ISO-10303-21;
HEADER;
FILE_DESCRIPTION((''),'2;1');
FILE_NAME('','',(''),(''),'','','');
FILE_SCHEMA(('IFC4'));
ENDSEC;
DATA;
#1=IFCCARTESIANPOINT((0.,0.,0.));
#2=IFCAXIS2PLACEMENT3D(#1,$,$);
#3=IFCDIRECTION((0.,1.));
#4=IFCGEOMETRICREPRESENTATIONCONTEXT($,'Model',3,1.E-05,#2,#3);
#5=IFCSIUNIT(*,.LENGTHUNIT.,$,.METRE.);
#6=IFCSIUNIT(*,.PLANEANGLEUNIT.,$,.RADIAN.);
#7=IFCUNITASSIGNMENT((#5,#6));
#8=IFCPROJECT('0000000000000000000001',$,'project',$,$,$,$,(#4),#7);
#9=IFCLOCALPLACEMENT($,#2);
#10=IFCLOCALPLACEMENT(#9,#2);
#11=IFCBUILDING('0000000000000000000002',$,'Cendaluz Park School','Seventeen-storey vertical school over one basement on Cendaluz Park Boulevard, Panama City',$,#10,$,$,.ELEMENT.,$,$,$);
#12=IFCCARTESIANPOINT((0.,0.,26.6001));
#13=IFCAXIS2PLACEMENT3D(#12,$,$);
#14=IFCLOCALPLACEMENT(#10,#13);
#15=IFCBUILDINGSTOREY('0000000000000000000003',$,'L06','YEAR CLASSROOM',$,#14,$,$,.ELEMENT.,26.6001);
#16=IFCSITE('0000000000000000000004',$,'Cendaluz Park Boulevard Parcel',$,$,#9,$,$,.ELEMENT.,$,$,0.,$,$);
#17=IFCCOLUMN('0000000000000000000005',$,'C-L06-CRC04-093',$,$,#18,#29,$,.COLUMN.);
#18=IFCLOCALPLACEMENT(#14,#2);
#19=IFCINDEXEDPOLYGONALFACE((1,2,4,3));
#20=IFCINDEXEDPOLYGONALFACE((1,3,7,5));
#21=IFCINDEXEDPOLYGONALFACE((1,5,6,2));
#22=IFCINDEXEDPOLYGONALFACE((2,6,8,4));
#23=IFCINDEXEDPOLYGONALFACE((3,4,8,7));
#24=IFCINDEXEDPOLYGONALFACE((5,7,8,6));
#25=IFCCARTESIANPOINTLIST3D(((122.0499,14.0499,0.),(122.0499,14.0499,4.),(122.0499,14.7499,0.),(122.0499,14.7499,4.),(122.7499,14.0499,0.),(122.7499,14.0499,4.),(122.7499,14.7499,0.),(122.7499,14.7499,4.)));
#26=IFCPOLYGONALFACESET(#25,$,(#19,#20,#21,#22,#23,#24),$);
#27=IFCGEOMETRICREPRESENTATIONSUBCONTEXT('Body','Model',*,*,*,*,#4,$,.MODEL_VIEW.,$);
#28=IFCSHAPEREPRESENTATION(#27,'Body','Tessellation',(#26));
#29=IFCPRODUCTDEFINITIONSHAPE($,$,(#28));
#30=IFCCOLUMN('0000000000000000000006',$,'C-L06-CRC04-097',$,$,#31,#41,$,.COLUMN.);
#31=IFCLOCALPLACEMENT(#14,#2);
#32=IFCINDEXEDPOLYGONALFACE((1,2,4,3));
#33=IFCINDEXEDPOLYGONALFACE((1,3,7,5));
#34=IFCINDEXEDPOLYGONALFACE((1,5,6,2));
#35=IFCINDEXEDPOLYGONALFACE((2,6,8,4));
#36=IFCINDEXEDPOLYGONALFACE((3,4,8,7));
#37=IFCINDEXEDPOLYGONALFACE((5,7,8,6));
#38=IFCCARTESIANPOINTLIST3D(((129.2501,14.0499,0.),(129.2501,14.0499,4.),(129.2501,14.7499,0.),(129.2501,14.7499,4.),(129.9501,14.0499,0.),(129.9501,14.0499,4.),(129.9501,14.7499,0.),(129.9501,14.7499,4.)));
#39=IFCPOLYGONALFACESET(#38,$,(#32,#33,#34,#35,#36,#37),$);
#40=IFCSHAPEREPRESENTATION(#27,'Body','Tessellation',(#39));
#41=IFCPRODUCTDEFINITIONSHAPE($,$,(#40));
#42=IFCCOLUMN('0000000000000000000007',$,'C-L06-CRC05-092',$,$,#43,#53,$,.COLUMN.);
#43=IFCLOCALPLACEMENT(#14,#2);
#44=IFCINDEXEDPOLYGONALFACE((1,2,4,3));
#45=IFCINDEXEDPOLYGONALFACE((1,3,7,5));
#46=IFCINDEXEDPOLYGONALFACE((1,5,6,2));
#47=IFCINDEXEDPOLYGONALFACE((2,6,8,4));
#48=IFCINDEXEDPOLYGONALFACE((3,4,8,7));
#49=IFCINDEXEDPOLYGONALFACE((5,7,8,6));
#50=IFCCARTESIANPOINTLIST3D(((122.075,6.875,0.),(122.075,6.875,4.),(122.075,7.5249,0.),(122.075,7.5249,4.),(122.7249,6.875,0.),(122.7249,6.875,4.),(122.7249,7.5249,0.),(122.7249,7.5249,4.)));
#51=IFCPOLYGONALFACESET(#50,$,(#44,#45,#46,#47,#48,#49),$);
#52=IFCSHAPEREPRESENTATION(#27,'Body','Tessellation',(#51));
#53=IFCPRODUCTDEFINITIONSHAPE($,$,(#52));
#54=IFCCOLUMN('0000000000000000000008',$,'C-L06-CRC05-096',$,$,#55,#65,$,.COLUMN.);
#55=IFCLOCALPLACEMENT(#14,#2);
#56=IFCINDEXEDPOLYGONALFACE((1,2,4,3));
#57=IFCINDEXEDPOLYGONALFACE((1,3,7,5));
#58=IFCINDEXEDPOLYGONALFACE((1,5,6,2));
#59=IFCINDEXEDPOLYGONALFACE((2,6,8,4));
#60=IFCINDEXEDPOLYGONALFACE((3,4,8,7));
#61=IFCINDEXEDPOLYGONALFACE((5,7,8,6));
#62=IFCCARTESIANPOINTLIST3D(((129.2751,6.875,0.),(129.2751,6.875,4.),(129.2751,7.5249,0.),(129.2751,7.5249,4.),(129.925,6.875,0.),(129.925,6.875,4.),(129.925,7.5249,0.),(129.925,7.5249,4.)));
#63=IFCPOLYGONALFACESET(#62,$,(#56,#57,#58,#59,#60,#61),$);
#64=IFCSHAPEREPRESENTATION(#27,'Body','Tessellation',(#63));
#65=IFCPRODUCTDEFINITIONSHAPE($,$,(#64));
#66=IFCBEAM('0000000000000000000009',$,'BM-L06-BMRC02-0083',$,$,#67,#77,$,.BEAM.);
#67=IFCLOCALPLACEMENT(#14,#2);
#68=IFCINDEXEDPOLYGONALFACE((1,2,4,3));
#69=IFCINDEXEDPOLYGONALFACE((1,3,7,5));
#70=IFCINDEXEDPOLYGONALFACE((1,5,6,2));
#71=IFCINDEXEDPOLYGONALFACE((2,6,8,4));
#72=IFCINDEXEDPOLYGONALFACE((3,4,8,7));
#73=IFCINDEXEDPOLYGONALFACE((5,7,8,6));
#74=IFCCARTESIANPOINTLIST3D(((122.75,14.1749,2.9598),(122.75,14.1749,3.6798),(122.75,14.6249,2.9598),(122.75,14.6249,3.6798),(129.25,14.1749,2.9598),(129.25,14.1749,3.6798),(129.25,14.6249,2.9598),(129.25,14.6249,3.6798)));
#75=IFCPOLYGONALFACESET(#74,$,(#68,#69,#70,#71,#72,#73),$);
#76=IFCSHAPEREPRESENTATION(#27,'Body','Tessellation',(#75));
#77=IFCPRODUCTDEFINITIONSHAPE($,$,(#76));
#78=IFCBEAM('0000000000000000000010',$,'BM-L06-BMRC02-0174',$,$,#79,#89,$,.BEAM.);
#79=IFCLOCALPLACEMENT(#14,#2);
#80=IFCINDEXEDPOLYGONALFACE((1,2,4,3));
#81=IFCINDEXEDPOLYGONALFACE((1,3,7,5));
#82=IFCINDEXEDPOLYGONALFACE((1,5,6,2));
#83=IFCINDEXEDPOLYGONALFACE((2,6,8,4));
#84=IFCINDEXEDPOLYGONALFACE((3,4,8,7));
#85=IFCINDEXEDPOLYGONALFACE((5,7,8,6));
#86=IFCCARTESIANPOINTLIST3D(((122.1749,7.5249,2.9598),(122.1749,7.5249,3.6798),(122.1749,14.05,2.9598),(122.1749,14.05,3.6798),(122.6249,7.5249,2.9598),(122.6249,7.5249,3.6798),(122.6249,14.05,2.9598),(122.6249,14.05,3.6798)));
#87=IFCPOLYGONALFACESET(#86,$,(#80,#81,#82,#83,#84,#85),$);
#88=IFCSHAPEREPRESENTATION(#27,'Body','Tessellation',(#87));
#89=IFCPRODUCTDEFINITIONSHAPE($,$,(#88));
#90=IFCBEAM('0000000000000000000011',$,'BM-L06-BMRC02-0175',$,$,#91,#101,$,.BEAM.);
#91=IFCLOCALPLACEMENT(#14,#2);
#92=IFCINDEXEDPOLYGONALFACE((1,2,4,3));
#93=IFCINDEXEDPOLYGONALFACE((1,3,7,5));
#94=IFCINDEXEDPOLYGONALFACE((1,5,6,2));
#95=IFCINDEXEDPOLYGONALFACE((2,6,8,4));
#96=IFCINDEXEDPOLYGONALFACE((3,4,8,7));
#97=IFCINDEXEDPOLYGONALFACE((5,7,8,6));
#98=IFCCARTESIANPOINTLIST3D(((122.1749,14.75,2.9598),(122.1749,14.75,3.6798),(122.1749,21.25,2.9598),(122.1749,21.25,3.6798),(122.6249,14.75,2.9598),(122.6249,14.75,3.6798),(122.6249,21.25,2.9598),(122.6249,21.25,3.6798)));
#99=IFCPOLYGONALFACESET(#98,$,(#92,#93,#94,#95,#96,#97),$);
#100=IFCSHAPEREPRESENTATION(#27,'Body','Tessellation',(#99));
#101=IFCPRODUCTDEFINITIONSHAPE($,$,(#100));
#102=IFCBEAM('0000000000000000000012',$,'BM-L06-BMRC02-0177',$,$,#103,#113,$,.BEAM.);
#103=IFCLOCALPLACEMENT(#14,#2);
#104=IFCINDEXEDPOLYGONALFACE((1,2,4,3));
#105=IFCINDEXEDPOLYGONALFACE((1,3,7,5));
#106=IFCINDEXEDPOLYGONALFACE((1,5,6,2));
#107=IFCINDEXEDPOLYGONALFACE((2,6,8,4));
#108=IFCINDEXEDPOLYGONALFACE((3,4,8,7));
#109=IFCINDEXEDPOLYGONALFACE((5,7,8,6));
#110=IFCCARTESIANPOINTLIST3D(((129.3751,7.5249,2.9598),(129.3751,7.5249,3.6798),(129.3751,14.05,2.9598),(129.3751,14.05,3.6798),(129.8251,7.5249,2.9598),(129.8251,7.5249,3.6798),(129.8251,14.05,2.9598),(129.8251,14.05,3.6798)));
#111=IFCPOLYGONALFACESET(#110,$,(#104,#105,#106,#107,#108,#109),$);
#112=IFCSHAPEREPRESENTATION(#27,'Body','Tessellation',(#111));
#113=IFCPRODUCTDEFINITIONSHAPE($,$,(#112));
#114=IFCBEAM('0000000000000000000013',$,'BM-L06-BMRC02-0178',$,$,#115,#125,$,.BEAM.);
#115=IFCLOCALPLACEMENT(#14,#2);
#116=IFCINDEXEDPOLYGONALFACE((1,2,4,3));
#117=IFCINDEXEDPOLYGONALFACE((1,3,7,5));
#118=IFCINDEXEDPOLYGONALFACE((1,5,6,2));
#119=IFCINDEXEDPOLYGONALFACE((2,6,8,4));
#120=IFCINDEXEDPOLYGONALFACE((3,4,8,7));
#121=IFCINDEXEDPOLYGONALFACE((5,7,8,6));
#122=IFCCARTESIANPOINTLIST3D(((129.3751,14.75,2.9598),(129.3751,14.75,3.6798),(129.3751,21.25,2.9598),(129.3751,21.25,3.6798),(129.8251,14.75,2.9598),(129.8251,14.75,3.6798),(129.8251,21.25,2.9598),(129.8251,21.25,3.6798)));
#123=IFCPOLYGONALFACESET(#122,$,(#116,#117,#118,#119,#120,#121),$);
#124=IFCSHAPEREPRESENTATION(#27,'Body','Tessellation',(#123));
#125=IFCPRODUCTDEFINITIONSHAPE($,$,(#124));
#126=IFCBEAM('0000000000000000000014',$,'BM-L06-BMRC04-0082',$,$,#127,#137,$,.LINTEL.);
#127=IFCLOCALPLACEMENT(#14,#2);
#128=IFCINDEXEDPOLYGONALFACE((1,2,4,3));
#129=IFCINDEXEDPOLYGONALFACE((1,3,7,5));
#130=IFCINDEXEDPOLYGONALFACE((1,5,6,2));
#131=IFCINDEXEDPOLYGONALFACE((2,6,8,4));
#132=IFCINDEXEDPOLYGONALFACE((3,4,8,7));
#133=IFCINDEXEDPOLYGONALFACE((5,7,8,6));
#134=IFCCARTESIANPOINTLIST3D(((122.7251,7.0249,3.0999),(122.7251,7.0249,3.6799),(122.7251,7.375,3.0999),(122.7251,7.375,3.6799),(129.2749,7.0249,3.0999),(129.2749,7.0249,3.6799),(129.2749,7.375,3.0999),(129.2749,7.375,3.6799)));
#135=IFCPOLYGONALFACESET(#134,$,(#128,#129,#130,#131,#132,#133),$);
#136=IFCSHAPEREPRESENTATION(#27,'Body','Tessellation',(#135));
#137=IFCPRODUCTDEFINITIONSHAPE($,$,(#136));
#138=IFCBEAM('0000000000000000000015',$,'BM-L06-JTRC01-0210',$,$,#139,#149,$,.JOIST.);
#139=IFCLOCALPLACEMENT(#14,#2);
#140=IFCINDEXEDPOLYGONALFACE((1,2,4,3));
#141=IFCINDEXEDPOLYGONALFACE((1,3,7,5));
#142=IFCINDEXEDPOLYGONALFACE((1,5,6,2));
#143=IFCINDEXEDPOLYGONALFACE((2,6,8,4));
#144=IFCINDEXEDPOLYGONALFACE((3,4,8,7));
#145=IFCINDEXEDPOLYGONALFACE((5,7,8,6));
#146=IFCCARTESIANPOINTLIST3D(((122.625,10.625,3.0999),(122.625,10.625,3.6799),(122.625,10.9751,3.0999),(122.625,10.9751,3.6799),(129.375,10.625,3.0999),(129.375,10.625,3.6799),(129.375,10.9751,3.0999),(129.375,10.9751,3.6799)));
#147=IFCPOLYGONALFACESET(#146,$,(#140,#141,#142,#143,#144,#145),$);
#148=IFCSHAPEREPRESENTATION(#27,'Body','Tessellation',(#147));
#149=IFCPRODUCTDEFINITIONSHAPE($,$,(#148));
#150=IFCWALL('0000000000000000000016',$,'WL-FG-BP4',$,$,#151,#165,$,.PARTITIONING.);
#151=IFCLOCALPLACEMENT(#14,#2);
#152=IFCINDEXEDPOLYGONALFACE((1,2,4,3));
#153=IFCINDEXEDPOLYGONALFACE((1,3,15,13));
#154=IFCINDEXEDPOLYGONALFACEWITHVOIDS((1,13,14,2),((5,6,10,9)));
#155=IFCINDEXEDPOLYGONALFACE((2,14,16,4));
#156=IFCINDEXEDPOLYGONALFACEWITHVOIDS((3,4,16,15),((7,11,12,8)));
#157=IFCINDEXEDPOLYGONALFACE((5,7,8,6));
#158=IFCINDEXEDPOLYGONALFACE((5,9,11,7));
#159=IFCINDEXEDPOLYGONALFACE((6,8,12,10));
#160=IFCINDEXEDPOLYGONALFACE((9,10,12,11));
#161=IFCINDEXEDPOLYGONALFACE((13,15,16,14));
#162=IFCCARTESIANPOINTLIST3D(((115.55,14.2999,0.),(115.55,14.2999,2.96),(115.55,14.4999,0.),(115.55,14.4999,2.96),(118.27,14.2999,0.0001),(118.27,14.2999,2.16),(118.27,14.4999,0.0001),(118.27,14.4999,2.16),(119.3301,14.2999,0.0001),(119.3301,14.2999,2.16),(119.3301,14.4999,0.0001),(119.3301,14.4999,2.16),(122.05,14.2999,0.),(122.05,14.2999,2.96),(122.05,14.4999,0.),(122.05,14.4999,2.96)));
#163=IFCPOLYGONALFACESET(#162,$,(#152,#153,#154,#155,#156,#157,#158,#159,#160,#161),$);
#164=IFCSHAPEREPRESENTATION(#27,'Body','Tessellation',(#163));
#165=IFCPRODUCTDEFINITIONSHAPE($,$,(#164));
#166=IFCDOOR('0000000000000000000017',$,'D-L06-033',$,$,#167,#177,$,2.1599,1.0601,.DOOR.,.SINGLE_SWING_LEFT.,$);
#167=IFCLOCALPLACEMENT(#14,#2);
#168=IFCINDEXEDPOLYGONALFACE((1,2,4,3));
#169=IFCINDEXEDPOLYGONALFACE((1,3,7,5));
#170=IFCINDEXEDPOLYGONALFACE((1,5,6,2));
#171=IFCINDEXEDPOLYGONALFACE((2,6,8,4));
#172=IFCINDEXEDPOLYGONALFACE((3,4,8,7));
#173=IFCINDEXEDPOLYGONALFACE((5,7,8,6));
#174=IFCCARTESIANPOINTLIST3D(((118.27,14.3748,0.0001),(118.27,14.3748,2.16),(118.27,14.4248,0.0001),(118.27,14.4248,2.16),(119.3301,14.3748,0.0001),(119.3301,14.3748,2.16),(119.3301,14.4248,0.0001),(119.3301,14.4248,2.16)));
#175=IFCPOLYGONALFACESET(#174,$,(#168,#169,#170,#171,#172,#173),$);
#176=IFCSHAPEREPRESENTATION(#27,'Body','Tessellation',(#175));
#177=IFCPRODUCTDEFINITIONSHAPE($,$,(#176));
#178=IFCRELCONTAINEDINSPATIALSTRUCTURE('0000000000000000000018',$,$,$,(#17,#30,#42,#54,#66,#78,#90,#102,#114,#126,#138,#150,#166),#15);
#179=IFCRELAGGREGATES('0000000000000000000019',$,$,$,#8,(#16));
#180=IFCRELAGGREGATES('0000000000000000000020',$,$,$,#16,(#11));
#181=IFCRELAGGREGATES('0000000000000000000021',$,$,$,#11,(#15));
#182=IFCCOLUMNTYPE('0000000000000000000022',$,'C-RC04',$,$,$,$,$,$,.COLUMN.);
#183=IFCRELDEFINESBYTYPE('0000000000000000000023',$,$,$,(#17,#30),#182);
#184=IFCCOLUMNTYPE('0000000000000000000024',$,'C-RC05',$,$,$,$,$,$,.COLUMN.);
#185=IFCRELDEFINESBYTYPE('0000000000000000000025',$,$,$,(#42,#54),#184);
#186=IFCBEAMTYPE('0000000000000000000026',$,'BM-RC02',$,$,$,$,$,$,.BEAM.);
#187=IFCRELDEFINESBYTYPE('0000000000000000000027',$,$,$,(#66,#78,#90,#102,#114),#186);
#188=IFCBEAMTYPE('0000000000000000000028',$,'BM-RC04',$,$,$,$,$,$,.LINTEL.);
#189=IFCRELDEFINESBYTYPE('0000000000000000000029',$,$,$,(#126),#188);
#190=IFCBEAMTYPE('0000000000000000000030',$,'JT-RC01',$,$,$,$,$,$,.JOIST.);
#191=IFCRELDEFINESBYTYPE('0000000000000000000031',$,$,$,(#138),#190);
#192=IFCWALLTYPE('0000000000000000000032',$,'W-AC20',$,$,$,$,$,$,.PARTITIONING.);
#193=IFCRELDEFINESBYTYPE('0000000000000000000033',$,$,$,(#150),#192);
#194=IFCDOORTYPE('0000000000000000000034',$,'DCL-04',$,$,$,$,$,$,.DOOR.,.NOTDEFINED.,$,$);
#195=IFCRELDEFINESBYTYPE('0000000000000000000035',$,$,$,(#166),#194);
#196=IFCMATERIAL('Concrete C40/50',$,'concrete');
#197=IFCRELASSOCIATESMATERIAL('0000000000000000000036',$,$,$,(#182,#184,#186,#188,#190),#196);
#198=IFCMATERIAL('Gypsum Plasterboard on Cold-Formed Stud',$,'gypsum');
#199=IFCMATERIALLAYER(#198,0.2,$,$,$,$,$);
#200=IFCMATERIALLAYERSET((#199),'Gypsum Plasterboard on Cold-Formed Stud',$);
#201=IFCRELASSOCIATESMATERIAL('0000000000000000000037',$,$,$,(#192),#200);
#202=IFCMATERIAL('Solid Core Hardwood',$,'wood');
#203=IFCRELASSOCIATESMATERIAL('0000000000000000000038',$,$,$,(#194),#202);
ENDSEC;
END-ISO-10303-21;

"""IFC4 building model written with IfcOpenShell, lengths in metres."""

from ifc_helpers import new_model, si_unit, direction, frame, frame_2d, origin, origin_2d, place, context, subcontext, project, spatial, rectangle, extrude, material, layer, layer_set, material_profile, profile_set, type_object, element, fill, save


model = new_model("IFC4")

# Units and contexts
model_context = context("Model", 3, precision=1e-05, world=origin(), true_north=direction((0.0, 1.0)))
body_context = subcontext(model_context, "Body", "Model", "MODEL_VIEW")
ifc_project = project(units=[si_unit("LENGTHUNIT", "METRE"), si_unit("PLANEANGLEUNIT", "RADIAN")], contexts=[model_context])

# Site, building, storey
site_placement = place(None, origin())
site = spatial("IfcSite", under=ifc_project, at=site_placement, Name="Cendaluz Park Boulevard Parcel", CompositionType="ELEMENT", RefElevation=0.0)
building_placement = place(site_placement, origin())
building = spatial("IfcBuilding", under=site, at=building_placement, Name="Cendaluz Park School", Description="Seventeen-storey vertical school over one basement on Cendaluz Park Boulevard, Panama City", CompositionType="ELEMENT")
storey_placement = place(building_placement, frame((0.0, 0.0, 26.6001)))
storey = spatial("IfcBuildingStorey", under=building, at=storey_placement, Name="L06", Description="YEAR CLASSROOM", CompositionType="ELEMENT", Elevation=26.6001)

# Columns
ifc_material_1 = material(Name="Concrete C40/50", Category="concrete")
ifc_material_profile_1 = material_profile(ifc_material_1, rectangle(XDim=0.7, YDim=0.7, at=origin_2d()), Name="RC 700x700", Category="concrete")
ifc_profile_set_1 = profile_set([ifc_material_profile_1], Name="Concrete C40/50")
column_type_1 = type_object("IfcColumnType", Name="C-RC04", PredefinedType="COLUMN", material=ifc_profile_set_1)
for number, where, z_axis, x_axis, name in (
    (1, (122.3999, 14.3999, 0.0), (0.0, 0.0, 1.0), (1.0, 0.0, 0.0), "C-L06-CRC04-093"),
    (2, (129.6001, 14.3999, 0.0), (0.0, 0.0, 1.0), (1.0, 0.0, 0.0), "C-L06-CRC04-097"),
):
    element("IfcColumn", number, at=place(storey_placement, frame(where, z_axis=z_axis, x_axis=x_axis)), inside=storey, type_object=column_type_1, Name=name, PredefinedType="COLUMN", context=body_context, shape_type="SweptSolid", body=[
        extrude(rectangle(XDim=0.7, YDim=0.7, at=origin_2d()), origin(), (0.0, 0.0, 1.0), 4.0),
    ])
ifc_material_profile_2 = material_profile(ifc_material_1, rectangle(XDim=0.6499, YDim=0.6499, at=origin_2d()), Name="RC 650x650", Category="concrete")
ifc_profile_set_2 = profile_set([ifc_material_profile_2], Name="Concrete C40/50")
column_type_2 = type_object("IfcColumnType", Name="C-RC05", PredefinedType="COLUMN", material=ifc_profile_set_2)
for number, where, z_axis, x_axis, name in (
    (3, (122.3999, 7.2, 0.0), (0.0, 0.0, 1.0), (1.0, 0.0, 0.0), "C-L06-CRC05-092"),
    (4, (129.6001, 7.2, 0.0), (0.0, 0.0, 1.0), (1.0, 0.0, 0.0), "C-L06-CRC05-096"),
):
    element("IfcColumn", number, at=place(storey_placement, frame(where, z_axis=z_axis, x_axis=x_axis)), inside=storey, type_object=column_type_2, Name=name, PredefinedType="COLUMN", context=body_context, shape_type="SweptSolid", body=[
        extrude(rectangle(XDim=0.6499, YDim=0.6499, at=origin_2d()), origin(), (0.0, 0.0, 1.0), 4.0),
    ])

# Beams
ifc_material_profile_3 = material_profile(ifc_material_1, rectangle(XDim=0.45, YDim=0.72, at=origin_2d()), Name="RC 450x720", Category="concrete")
ifc_profile_set_3 = profile_set([ifc_material_profile_3], Name="Concrete C40/50")
beam_type_1 = type_object("IfcBeamType", Name="BM-RC02", PredefinedType="BEAM", material=ifc_profile_set_3)
beam_1_placement = place(storey_placement, frame((122.75, 14.3999, 3.3198), z_axis=(1.0, 0.0, 0.0), x_axis=(0.0, 1.0, 0.0)))
element("IfcBeam", 5, at=beam_1_placement, inside=storey, type_object=beam_type_1, Name="BM-L06-BMRC02-0083", PredefinedType="BEAM", context=body_context, shape_type="SweptSolid", body=[
    extrude(rectangle(XDim=0.45, YDim=0.72, at=origin_2d()), origin(), (0.0, 0.0, 1.0), 6.5),
])
beam_2_placement = place(storey_placement, frame((122.3999, 7.5249, 3.3198), z_axis=(0.0, 1.0, 0.0), x_axis=(-1.0, 0.0, 0.0)))
element("IfcBeam", 6, at=beam_2_placement, inside=storey, type_object=beam_type_1, Name="BM-L06-BMRC02-0174", PredefinedType="BEAM", context=body_context, shape_type="SweptSolid", body=[
    extrude(rectangle(XDim=0.45, YDim=0.72, at=origin_2d()), origin(), (0.0, 0.0, 1.0), 6.5251),
])
beam_3_placement = place(storey_placement, frame((122.3999, 14.75, 3.3198), z_axis=(0.0, 1.0, 0.0), x_axis=(-1.0, 0.0, 0.0)))
element("IfcBeam", 7, at=beam_3_placement, inside=storey, type_object=beam_type_1, Name="BM-L06-BMRC02-0175", PredefinedType="BEAM", context=body_context, shape_type="SweptSolid", body=[
    extrude(rectangle(XDim=0.45, YDim=0.72, at=origin_2d()), origin(), (0.0, 0.0, 1.0), 6.5),
])
beam_4_placement = place(storey_placement, frame((129.6001, 7.5249, 3.3198), z_axis=(0.0, 1.0, 0.0), x_axis=(-1.0, 0.0, 0.0)))
element("IfcBeam", 8, at=beam_4_placement, inside=storey, type_object=beam_type_1, Name="BM-L06-BMRC02-0177", PredefinedType="BEAM", context=body_context, shape_type="SweptSolid", body=[
    extrude(rectangle(XDim=0.45, YDim=0.72, at=origin_2d()), origin(), (0.0, 0.0, 1.0), 6.5251),
])
beam_5_placement = place(storey_placement, frame((129.6001, 14.75, 3.3198), z_axis=(0.0, 1.0, 0.0), x_axis=(-1.0, 0.0, 0.0)))
element("IfcBeam", 9, at=beam_5_placement, inside=storey, type_object=beam_type_1, Name="BM-L06-BMRC02-0178", PredefinedType="BEAM", context=body_context, shape_type="SweptSolid", body=[
    extrude(rectangle(XDim=0.45, YDim=0.72, at=origin_2d()), origin(), (0.0, 0.0, 1.0), 6.5),
])
ifc_material_profile_4 = material_profile(ifc_material_1, rectangle(XDim=0.3501, YDim=0.5801, at=origin_2d()), Name="RC 350x580", Category="concrete")
ifc_profile_set_4 = profile_set([ifc_material_profile_4], Name="Concrete C40/50")
beam_type_2 = type_object("IfcBeamType", Name="BM-RC04", PredefinedType="LINTEL", material=ifc_profile_set_4)
beam_6_placement = place(storey_placement, frame((122.7251, 7.2, 3.3899), z_axis=(1.0, 0.0, 0.0), x_axis=(0.0, 1.0, 0.0)))
element("IfcBeam", 10, at=beam_6_placement, inside=storey, type_object=beam_type_2, Name="BM-L06-BMRC04-0082", PredefinedType="LINTEL", context=body_context, shape_type="SweptSolid", body=[
    extrude(rectangle(XDim=0.3501, YDim=0.5801, at=origin_2d()), origin(), (0.0, 0.0, 1.0), 6.5498),
])
ifc_material_profile_5 = material_profile(ifc_material_1, rectangle(XDim=0.3501, YDim=0.5801, at=origin_2d()), Name="RC 350x580", Category="concrete")
ifc_profile_set_5 = profile_set([ifc_material_profile_5], Name="Concrete C40/50")
beam_type_3 = type_object("IfcBeamType", Name="JT-RC01", PredefinedType="JOIST", material=ifc_profile_set_5)
beam_7_placement = place(storey_placement, frame((122.625, 10.8, 3.3899), z_axis=(1.0, 0.0, 0.0), x_axis=(0.0, 1.0, 0.0)))
element("IfcBeam", 11, at=beam_7_placement, inside=storey, type_object=beam_type_3, Name="BM-L06-JTRC01-0210", PredefinedType="JOIST", context=body_context, shape_type="SweptSolid", body=[
    extrude(rectangle(XDim=0.3501, YDim=0.5801, at=origin_2d()), origin(), (0.0, 0.0, 1.0), 6.75),
])

# Wall, opening, door
ifc_material_2 = material(Name="Gypsum Plasterboard on Cold-Formed Stud", Category="gypsum")
ifc_layer_1 = layer(ifc_material_2, 0.2)
ifc_layer_set_1 = layer_set([ifc_layer_1], Name="Gypsum Plasterboard on Cold-Formed Stud")
wall_type_1 = type_object("IfcWallType", Name="W-AC20", PredefinedType="PARTITIONING", material=ifc_layer_set_1)
wall_1_placement = place(storey_placement, frame((115.55, 14.3999, 0.0), z_axis=(0.0, 0.0, 1.0), x_axis=(1.0, 0.0, 0.0)))
wall_1 = element("IfcWall", 12, at=wall_1_placement, inside=storey, type_object=wall_type_1, Name="WL-FG-BP4", PredefinedType="PARTITIONING", context=body_context, shape_type="SweptSolid", body=[
    extrude(rectangle(XDim=6.5, YDim=0.2, at=frame_2d((3.25, 0.0))), origin(), (0.0, 0.0, 1.0), 2.96),
])
opening_1_placement = place(wall_1_placement, frame((2.72, 0.0, 0.0)))
opening_1 = element("IfcOpeningElement", 13, at=opening_1_placement, cuts=wall_1, PredefinedType="OPENING", context=body_context, shape_type="SweptSolid", body=[
    extrude(rectangle(XDim=1.0601, YDim=2.1599, at=frame_2d((0.53, 1.0801))), frame((0.0, 0.1121, 0.0), z_axis=(0.0, -1.0, 0.0), x_axis=(1.0, 0.0, 0.0)), (0.0, 0.0, 1.0), 0.2239),
])
ifc_material_3 = material(Name="Solid Core Hardwood", Category="wood")
door_type_1 = type_object("IfcDoorType", Name="DCL-04", OperationType="NOTDEFINED", PredefinedType="DOOR", material=ifc_material_3)
door_1_placement = place(opening_1_placement, origin())
door_1 = element("IfcDoor", 14, at=door_1_placement, inside=storey, type_object=door_type_1, Name="D-L06-033", OperationType="SINGLE_SWING_LEFT", OverallHeight=2.1599, OverallWidth=1.0601, PredefinedType="DOOR", context=body_context, shape_type="SweptSolid", body=[
    extrude(rectangle(XDim=1.0601, YDim=2.1599, at=frame_2d((0.53, 1.0801))), frame((0.0, 0.0249, 0.0), z_axis=(0.0, -1.0, 0.0), x_axis=(1.0, 0.0, 0.0)), (0.0, 0.0, 1.0), 0.05),
])
fill(opening_1, door_1)

save(model, "model.ifc")
